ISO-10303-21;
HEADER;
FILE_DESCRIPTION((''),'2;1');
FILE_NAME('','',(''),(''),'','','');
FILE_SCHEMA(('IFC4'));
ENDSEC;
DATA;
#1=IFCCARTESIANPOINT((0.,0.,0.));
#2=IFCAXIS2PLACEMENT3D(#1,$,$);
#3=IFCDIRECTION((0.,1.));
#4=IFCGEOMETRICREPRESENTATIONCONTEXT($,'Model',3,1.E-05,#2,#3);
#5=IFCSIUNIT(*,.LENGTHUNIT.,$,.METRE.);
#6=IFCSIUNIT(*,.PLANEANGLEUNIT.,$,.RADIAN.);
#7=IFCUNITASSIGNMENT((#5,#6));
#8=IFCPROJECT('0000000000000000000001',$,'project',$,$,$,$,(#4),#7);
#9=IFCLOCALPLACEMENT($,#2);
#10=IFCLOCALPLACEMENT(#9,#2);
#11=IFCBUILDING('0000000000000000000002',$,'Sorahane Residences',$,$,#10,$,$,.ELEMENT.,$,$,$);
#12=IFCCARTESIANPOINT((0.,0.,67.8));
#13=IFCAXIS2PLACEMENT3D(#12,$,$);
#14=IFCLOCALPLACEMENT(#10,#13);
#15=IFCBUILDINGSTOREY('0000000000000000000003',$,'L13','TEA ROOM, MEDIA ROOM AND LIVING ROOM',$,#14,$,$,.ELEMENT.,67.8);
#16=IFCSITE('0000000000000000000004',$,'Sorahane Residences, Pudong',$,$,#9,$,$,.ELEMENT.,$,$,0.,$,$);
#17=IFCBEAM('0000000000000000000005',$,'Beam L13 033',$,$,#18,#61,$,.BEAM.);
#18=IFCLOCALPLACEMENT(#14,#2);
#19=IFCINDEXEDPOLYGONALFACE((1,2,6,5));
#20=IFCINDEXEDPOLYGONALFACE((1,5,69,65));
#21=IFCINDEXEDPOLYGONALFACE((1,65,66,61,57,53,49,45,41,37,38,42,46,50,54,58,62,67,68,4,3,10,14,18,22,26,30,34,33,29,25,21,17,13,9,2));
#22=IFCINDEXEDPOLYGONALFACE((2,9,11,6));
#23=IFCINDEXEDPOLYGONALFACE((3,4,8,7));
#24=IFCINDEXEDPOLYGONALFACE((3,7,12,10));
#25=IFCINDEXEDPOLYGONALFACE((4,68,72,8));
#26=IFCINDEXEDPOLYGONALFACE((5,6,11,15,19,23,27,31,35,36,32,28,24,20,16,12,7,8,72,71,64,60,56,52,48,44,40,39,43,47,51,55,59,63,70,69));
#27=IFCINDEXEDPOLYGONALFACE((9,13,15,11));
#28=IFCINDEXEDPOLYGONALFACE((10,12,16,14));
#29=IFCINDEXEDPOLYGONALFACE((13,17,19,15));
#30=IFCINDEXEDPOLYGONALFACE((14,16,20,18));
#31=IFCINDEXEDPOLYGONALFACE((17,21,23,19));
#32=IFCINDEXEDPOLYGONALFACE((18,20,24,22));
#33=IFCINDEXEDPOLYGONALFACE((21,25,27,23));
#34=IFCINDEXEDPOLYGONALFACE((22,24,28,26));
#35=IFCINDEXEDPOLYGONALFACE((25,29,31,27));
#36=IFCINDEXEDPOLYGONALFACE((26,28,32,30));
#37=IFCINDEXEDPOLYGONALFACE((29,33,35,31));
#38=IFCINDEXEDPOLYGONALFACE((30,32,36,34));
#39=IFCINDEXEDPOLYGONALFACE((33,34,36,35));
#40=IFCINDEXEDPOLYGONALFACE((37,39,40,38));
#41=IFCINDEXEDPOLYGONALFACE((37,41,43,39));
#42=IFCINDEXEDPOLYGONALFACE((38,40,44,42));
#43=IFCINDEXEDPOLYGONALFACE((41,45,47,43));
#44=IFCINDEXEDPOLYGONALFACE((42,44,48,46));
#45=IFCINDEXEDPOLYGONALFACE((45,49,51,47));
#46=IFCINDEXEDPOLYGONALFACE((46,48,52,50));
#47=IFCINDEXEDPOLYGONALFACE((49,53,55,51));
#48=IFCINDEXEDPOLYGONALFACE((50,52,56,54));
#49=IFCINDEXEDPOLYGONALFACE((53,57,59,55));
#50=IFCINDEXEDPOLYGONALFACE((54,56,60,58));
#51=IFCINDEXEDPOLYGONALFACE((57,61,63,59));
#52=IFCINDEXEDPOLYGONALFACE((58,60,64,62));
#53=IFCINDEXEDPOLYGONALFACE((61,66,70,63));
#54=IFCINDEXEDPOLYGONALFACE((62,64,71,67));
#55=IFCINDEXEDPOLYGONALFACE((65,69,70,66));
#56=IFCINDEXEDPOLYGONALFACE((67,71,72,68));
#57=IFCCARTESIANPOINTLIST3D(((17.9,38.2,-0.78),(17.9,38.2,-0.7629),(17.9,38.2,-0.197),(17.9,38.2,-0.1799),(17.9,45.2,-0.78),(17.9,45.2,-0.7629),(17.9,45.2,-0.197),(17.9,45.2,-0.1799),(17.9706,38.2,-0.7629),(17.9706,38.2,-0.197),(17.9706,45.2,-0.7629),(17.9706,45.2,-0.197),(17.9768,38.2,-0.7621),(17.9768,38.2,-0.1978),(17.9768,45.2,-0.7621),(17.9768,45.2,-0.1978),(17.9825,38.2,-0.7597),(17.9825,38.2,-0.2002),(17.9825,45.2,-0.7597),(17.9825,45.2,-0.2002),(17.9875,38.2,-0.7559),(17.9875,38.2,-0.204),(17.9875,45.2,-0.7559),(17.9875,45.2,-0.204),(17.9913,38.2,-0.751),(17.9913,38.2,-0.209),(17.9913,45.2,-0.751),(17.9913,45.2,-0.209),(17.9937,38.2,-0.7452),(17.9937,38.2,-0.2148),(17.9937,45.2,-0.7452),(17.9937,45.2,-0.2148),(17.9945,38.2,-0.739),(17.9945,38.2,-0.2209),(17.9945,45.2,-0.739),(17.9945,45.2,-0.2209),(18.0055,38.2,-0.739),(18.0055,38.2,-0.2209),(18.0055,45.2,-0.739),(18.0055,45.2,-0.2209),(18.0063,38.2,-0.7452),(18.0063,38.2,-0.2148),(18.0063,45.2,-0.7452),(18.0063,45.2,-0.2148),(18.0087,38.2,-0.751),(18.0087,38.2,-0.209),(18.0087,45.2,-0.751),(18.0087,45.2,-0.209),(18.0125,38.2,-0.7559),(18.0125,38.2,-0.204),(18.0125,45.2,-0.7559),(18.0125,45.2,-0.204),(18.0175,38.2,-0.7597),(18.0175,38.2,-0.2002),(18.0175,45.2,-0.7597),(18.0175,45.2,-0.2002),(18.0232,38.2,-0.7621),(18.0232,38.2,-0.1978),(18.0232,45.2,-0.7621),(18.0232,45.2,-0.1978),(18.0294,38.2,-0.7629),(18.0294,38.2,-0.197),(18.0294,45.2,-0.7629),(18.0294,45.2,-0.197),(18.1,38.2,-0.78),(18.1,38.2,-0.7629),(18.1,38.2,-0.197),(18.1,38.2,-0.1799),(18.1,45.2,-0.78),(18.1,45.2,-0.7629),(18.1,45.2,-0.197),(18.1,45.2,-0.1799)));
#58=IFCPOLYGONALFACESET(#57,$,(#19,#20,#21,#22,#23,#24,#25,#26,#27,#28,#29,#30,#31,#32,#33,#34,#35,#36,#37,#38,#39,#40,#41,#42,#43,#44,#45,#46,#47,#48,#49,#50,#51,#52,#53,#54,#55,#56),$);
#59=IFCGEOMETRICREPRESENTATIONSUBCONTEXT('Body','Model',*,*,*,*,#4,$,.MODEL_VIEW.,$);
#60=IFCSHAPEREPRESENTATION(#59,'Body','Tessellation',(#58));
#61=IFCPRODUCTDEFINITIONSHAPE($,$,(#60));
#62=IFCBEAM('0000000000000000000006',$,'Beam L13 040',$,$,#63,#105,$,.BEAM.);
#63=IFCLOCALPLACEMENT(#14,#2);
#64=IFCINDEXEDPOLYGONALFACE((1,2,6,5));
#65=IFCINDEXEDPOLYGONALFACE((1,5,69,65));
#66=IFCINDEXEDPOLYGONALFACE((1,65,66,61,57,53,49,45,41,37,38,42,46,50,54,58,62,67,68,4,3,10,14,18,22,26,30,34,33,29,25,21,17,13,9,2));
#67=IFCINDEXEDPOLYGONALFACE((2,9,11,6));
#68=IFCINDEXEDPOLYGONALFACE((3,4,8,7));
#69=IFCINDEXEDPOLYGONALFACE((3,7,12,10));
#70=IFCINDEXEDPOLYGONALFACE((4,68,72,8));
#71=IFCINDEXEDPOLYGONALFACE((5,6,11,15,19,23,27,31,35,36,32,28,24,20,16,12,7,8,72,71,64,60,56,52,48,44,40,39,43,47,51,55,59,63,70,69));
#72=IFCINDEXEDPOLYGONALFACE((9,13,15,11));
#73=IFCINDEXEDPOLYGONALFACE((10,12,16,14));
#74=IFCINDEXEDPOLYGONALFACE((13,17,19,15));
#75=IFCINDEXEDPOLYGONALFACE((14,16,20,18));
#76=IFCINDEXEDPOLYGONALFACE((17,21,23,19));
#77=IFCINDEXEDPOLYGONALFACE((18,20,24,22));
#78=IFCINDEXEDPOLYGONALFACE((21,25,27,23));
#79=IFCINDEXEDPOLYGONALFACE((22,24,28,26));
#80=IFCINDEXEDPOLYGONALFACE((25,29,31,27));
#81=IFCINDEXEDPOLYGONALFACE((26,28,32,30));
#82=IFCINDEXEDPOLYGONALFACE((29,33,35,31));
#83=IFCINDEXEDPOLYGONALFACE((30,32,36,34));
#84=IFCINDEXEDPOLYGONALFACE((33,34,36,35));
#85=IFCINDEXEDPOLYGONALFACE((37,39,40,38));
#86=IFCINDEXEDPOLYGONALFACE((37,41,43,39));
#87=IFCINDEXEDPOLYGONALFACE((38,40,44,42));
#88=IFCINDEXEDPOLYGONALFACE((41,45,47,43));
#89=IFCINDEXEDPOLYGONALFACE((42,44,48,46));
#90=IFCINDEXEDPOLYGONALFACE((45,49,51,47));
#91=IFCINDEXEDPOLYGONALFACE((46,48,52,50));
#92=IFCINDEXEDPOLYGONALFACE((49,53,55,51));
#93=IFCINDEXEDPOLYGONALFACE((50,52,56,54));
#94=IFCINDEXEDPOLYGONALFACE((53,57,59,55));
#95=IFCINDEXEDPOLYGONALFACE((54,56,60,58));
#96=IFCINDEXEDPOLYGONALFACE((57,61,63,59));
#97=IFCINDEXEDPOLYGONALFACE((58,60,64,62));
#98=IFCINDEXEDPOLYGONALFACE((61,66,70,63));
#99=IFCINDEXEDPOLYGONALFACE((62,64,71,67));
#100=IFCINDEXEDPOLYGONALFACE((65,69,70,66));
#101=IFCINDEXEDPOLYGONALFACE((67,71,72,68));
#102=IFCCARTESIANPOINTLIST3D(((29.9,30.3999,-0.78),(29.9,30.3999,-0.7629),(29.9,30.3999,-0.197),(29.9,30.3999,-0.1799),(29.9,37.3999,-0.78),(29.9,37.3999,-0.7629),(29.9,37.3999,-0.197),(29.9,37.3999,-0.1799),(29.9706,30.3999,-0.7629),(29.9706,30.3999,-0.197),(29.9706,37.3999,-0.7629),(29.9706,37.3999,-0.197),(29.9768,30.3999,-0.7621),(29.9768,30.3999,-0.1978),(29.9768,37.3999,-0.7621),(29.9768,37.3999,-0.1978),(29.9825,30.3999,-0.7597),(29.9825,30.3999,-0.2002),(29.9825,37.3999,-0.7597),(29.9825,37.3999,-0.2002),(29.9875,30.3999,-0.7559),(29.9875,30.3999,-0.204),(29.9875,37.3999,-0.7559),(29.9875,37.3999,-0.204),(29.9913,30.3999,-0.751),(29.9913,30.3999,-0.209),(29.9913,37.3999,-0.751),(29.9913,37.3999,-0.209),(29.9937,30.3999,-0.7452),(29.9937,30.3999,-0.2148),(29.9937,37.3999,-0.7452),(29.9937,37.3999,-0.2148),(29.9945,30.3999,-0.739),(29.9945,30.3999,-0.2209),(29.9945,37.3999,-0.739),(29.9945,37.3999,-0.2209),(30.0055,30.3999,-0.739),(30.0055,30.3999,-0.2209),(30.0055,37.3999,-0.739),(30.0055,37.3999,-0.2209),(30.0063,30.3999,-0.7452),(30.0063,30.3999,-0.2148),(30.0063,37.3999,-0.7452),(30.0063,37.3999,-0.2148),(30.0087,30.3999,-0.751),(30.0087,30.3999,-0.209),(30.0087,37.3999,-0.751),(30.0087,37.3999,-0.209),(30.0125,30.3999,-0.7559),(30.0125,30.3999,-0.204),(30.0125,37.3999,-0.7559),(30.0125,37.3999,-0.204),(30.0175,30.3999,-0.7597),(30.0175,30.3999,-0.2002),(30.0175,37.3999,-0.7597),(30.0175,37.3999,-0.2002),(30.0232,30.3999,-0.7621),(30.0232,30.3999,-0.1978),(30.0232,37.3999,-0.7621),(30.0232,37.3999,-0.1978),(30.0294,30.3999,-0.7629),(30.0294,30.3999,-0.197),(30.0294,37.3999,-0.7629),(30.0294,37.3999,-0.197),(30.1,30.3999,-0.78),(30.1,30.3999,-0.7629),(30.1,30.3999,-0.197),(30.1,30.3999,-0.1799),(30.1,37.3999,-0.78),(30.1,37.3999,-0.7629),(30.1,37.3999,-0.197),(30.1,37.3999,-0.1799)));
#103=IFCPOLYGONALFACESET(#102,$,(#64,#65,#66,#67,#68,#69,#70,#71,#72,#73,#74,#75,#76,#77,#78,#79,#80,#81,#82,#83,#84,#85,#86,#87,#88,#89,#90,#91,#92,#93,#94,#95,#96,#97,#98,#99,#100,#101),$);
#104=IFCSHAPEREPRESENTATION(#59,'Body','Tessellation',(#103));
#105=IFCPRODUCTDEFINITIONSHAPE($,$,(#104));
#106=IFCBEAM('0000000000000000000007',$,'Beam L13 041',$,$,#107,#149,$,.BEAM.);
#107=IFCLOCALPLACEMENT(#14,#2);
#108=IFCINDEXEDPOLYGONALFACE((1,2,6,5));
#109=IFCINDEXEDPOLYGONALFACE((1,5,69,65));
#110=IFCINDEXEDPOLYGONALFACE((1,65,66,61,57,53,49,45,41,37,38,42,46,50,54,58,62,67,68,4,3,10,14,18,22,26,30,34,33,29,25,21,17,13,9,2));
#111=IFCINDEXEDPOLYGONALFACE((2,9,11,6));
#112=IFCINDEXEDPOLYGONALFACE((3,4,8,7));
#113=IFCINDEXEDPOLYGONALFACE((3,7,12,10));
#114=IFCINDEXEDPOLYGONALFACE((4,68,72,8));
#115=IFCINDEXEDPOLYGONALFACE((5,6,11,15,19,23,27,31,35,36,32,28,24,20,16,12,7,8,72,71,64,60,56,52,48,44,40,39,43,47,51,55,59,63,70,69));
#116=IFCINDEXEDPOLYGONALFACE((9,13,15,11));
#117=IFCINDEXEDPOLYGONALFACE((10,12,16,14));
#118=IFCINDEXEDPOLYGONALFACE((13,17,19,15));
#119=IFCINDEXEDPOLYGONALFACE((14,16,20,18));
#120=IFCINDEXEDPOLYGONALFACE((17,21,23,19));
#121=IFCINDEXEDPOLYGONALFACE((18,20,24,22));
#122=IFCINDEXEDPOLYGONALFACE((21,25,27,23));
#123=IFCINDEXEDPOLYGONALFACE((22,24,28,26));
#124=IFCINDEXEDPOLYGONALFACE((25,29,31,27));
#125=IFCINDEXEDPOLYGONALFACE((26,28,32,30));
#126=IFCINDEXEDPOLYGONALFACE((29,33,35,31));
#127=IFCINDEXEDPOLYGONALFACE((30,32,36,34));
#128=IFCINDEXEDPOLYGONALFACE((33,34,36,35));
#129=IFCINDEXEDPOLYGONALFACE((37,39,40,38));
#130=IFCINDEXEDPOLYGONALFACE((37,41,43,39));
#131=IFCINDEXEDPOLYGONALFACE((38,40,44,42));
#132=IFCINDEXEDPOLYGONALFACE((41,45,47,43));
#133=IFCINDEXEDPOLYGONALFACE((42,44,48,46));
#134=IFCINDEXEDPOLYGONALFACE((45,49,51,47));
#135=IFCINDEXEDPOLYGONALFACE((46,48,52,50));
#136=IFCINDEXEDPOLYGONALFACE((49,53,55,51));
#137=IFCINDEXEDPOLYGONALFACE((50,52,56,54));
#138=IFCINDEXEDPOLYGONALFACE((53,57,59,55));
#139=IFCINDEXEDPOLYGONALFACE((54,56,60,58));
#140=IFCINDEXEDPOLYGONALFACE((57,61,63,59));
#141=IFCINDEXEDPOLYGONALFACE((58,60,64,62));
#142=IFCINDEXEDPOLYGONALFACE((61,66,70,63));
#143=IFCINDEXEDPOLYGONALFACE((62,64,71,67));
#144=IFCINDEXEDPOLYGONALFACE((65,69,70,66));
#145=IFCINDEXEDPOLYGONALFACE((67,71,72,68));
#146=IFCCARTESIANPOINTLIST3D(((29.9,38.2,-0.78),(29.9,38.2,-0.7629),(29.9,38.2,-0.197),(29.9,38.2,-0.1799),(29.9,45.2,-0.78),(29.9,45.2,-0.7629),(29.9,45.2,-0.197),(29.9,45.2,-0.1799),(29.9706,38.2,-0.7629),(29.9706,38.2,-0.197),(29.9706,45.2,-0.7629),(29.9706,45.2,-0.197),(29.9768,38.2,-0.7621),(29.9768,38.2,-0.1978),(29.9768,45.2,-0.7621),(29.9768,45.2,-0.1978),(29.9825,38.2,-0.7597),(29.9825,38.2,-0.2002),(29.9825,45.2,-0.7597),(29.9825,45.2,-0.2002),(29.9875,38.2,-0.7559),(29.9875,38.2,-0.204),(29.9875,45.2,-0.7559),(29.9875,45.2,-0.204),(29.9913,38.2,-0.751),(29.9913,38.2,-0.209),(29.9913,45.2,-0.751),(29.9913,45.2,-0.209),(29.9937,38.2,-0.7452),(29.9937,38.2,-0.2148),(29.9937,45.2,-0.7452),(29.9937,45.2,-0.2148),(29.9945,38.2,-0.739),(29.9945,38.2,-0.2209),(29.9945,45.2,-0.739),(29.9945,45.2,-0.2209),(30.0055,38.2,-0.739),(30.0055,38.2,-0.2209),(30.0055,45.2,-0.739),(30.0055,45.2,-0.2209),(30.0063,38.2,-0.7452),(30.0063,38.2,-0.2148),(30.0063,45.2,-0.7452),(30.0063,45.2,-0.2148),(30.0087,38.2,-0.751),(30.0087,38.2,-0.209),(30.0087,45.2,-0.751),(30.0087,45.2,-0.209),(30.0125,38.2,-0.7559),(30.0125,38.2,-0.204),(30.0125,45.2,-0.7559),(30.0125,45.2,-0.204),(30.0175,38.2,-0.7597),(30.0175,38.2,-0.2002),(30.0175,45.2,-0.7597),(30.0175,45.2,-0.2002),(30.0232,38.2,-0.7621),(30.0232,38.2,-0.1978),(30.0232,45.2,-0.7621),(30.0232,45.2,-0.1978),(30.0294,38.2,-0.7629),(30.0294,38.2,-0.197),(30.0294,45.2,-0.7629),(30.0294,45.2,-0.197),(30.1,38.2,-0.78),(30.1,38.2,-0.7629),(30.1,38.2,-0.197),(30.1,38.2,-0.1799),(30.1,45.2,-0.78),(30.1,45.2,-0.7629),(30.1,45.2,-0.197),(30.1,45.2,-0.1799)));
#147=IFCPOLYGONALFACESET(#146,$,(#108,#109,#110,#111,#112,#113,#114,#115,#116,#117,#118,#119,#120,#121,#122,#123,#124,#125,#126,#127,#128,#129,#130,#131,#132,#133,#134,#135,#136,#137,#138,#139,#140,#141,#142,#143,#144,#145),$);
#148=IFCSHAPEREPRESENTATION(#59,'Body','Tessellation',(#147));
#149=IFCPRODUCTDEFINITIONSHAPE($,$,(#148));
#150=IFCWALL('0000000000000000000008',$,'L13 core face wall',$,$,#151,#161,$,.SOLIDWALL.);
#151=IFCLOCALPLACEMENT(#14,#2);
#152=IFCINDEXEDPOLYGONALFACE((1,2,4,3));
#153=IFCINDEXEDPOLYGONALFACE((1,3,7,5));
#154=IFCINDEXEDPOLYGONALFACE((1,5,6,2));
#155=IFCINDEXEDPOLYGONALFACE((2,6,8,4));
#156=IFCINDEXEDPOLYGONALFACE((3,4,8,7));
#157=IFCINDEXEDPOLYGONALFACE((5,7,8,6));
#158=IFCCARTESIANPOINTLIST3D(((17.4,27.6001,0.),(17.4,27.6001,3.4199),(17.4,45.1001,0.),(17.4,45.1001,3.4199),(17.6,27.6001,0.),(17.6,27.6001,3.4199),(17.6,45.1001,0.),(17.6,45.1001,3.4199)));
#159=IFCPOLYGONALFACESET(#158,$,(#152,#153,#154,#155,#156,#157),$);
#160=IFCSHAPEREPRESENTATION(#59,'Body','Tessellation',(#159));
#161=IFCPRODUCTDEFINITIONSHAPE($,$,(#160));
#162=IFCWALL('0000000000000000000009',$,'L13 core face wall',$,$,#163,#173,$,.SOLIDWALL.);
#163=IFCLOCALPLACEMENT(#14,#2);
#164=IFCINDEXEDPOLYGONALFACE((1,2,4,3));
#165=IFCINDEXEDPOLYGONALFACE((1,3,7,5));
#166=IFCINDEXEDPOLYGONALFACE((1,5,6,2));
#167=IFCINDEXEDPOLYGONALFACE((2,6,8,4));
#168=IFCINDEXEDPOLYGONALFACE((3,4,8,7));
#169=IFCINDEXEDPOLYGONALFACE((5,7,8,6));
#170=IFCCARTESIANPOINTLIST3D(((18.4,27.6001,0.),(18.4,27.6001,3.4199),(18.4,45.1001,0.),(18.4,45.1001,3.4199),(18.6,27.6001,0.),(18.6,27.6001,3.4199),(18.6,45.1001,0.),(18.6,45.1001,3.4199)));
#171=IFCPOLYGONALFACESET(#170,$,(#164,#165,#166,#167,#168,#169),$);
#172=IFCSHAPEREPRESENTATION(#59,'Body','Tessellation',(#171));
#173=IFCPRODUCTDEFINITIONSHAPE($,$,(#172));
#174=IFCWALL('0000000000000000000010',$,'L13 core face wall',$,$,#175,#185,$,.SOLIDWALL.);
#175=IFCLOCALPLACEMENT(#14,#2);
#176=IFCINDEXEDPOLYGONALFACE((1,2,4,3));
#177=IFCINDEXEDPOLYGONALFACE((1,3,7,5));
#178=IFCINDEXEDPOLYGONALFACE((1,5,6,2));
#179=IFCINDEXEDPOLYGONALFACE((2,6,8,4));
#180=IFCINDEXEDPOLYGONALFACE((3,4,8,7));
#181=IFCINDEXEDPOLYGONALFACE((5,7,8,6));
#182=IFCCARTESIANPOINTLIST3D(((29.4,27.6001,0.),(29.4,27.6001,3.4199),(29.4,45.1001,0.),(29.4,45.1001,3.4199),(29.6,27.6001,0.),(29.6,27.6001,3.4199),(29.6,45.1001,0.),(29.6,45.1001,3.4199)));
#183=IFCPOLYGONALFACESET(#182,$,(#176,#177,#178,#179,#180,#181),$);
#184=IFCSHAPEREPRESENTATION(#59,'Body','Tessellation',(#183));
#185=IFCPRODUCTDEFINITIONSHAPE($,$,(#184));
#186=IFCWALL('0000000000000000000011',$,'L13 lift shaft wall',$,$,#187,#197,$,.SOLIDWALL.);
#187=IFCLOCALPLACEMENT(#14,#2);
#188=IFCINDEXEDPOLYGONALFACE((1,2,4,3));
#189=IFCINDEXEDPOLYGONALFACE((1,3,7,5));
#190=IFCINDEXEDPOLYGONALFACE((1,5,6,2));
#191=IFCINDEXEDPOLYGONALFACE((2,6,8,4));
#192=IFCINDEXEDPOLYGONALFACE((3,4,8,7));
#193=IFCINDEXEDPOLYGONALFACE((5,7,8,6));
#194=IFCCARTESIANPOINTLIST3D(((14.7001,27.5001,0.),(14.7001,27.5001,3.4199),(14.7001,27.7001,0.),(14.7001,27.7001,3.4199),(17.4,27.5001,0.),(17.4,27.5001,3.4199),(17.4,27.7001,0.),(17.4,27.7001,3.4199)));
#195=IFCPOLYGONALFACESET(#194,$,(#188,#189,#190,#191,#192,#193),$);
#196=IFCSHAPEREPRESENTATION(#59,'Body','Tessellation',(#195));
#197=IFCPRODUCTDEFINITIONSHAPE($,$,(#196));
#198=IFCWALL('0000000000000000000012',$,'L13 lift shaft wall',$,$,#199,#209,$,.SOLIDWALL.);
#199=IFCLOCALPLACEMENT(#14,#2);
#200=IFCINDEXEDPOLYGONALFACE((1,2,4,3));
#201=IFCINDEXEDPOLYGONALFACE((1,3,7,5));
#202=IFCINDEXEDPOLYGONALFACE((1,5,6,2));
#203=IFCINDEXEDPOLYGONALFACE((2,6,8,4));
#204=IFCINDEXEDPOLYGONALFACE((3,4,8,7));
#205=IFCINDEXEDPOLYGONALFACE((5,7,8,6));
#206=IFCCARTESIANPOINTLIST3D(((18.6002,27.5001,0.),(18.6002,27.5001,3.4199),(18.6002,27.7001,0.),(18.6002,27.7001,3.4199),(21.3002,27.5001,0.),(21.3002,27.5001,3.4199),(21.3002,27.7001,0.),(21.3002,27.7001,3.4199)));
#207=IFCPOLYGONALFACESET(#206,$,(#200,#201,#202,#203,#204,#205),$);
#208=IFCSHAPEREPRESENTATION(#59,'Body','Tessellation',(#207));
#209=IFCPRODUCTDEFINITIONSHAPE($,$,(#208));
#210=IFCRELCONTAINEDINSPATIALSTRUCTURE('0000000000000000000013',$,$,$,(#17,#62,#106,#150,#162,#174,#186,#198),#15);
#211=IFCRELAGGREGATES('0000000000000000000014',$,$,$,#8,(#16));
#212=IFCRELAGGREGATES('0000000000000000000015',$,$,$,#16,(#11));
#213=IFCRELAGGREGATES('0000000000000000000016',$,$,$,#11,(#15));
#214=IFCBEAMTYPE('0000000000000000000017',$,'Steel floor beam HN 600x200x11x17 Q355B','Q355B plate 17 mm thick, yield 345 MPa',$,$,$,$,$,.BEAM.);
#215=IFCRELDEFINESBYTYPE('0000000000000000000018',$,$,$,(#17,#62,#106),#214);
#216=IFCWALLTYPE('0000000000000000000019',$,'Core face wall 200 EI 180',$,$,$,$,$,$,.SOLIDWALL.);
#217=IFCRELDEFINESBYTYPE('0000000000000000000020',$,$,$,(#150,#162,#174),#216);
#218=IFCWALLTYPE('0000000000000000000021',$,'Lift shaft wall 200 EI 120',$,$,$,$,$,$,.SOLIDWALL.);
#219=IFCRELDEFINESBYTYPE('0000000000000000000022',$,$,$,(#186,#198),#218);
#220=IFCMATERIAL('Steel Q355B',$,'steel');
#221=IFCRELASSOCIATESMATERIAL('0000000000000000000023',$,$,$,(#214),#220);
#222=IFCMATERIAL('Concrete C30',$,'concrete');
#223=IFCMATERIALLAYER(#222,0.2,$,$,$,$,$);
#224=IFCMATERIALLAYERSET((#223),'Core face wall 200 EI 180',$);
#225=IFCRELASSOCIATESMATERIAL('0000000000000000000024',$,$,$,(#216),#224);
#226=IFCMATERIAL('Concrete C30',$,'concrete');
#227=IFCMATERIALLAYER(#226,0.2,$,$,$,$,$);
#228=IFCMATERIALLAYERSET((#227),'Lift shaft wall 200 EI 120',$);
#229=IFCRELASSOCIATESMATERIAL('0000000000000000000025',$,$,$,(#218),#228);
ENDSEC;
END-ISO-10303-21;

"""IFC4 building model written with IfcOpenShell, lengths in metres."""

from ifc_helpers import new_model, si_unit, direction, frame, frame_2d, origin, origin_2d, place, context, subcontext, project, spatial, rectangle, i_section, extrude, material, layer, layer_set, material_profile, profile_set, type_object, element, save


model = new_model("IFC4")

# Units and contexts
model_context = context("Model", 3, precision=1e-05, world=origin(), true_north=direction((0.0, 1.0)))
body_context = subcontext(model_context, "Body", "Model", "MODEL_VIEW")
ifc_project = project(units=[si_unit("LENGTHUNIT", "METRE"), si_unit("PLANEANGLEUNIT", "RADIAN")], contexts=[model_context])

# Site, building, storey
site_placement = place(None, origin())
site = spatial("IfcSite", under=ifc_project, at=site_placement, Name="Sorahane Residences, Pudong", CompositionType="ELEMENT", RefElevation=0.0)
building_placement = place(site_placement, origin())
building = spatial("IfcBuilding", under=site, at=building_placement, Name="Sorahane Residences", CompositionType="ELEMENT")
storey_placement = place(building_placement, frame((0.0, 0.0, 67.8)))
storey = spatial("IfcBuildingStorey", under=building, at=storey_placement, Name="L13", Description="TEA ROOM, MEDIA ROOM AND LIVING ROOM", CompositionType="ELEMENT", Elevation=67.8)

# Beams
ifc_material_1 = material(Name="Steel Q355B", Category="steel")
ifc_material_profile_1 = material_profile(ifc_material_1, i_section(OverallWidth=0.2, OverallDepth=0.6001, WebThickness=0.011, FlangeThickness=0.0171, FilletRadius=0.0239, at=origin_2d()), Name="HN 600x200x11x17")
ifc_profile_set_1 = profile_set([ifc_material_profile_1], Name="Steel Q355B")
beam_type = type_object("IfcBeamType", Name="Steel floor beam HN 600x200x11x17 Q355B", Description="Q355B plate 17 mm thick, yield 345 MPa", PredefinedType="BEAM", material=ifc_profile_set_1)
for number, where, z_axis, x_axis, name in (
    (1, (18.0, 38.2, -0.48), (0.0, 1.0, 0.0), (-1.0, 0.0, 0.0), "Beam L13 033"),
    (2, (30.0, 30.3999, -0.48), (0.0, 1.0, 0.0), (-1.0, 0.0, 0.0), "Beam L13 040"),
    (3, (30.0, 38.2, -0.48), (0.0, 1.0, 0.0), (-1.0, 0.0, 0.0), "Beam L13 041"),
):
    element("IfcBeam", number, at=place(storey_placement, frame(where, z_axis=z_axis, x_axis=x_axis)), inside=storey, type_object=beam_type, Name=name, PredefinedType="BEAM", context=body_context, shape_type="SweptSolid", body=[
        extrude(i_section(OverallWidth=0.2, OverallDepth=0.6001, WebThickness=0.011, FlangeThickness=0.0171, FilletRadius=0.0239, at=origin_2d()), origin(), (0.0, 0.0, 1.0), 7.0),
    ])

# Walls
ifc_material_2 = material(Name="Concrete C30", Category="concrete")
ifc_layer_1 = layer(ifc_material_2, 0.2)
ifc_layer_set_1 = layer_set([ifc_layer_1], Name="Core face wall 200 EI 180")
wall_type_1 = type_object("IfcWallType", Name="Core face wall 200 EI 180", PredefinedType="SOLIDWALL", material=ifc_layer_set_1)
for number, where, z_axis, x_axis, name in (
    (4, (17.5, 27.6001, 0.0), (0.0, 0.0, 1.0), (0.0, 1.0, 0.0), "L13 core face wall"),
    (5, (18.5, 27.6001, 0.0), (0.0, 0.0, 1.0), (0.0, 1.0, 0.0), "L13 core face wall"),
    (6, (29.5, 27.6001, 0.0), (0.0, 0.0, 1.0), (0.0, 1.0, 0.0), "L13 core face wall"),
):
    element("IfcWall", number, at=place(storey_placement, frame(where, z_axis=z_axis, x_axis=x_axis)), inside=storey, type_object=wall_type_1, Name=name, PredefinedType="SOLIDWALL", context=body_context, shape_type="SweptSolid", body=[
        extrude(rectangle(XDim=17.5, YDim=0.2, at=frame_2d((8.75, 0.0))), origin(), (0.0, 0.0, 1.0), 3.4199),
    ])
ifc_material_3 = material(Name="Concrete C30", Category="concrete")
ifc_layer_2 = layer(ifc_material_3, 0.2)
ifc_layer_set_2 = layer_set([ifc_layer_2], Name="Lift shaft wall 200 EI 120")
wall_type_2 = type_object("IfcWallType", Name="Lift shaft wall 200 EI 120", PredefinedType="SOLIDWALL", material=ifc_layer_set_2)
for number, where, z_axis, x_axis, name in (
    (7, (14.7, 27.6001, 0.0), (0.0, 0.0, 1.0), (1.0, 0.0, 0.0), "L13 lift shaft wall"),
    (8, (18.6001, 27.6001, 0.0), (0.0, 0.0, 1.0), (1.0, 0.0, 0.0), "L13 lift shaft wall"),
):
    element("IfcWall", number, at=place(storey_placement, frame(where, z_axis=z_axis, x_axis=x_axis)), inside=storey, type_object=wall_type_2, Name=name, PredefinedType="SOLIDWALL", context=body_context, shape_type="SweptSolid", body=[
        extrude(rectangle(XDim=2.7, YDim=0.2, at=frame_2d((1.3501, 0.0))), origin(), (0.0, 0.0, 1.0), 3.4199),
    ])

save(model, "model.ifc")
